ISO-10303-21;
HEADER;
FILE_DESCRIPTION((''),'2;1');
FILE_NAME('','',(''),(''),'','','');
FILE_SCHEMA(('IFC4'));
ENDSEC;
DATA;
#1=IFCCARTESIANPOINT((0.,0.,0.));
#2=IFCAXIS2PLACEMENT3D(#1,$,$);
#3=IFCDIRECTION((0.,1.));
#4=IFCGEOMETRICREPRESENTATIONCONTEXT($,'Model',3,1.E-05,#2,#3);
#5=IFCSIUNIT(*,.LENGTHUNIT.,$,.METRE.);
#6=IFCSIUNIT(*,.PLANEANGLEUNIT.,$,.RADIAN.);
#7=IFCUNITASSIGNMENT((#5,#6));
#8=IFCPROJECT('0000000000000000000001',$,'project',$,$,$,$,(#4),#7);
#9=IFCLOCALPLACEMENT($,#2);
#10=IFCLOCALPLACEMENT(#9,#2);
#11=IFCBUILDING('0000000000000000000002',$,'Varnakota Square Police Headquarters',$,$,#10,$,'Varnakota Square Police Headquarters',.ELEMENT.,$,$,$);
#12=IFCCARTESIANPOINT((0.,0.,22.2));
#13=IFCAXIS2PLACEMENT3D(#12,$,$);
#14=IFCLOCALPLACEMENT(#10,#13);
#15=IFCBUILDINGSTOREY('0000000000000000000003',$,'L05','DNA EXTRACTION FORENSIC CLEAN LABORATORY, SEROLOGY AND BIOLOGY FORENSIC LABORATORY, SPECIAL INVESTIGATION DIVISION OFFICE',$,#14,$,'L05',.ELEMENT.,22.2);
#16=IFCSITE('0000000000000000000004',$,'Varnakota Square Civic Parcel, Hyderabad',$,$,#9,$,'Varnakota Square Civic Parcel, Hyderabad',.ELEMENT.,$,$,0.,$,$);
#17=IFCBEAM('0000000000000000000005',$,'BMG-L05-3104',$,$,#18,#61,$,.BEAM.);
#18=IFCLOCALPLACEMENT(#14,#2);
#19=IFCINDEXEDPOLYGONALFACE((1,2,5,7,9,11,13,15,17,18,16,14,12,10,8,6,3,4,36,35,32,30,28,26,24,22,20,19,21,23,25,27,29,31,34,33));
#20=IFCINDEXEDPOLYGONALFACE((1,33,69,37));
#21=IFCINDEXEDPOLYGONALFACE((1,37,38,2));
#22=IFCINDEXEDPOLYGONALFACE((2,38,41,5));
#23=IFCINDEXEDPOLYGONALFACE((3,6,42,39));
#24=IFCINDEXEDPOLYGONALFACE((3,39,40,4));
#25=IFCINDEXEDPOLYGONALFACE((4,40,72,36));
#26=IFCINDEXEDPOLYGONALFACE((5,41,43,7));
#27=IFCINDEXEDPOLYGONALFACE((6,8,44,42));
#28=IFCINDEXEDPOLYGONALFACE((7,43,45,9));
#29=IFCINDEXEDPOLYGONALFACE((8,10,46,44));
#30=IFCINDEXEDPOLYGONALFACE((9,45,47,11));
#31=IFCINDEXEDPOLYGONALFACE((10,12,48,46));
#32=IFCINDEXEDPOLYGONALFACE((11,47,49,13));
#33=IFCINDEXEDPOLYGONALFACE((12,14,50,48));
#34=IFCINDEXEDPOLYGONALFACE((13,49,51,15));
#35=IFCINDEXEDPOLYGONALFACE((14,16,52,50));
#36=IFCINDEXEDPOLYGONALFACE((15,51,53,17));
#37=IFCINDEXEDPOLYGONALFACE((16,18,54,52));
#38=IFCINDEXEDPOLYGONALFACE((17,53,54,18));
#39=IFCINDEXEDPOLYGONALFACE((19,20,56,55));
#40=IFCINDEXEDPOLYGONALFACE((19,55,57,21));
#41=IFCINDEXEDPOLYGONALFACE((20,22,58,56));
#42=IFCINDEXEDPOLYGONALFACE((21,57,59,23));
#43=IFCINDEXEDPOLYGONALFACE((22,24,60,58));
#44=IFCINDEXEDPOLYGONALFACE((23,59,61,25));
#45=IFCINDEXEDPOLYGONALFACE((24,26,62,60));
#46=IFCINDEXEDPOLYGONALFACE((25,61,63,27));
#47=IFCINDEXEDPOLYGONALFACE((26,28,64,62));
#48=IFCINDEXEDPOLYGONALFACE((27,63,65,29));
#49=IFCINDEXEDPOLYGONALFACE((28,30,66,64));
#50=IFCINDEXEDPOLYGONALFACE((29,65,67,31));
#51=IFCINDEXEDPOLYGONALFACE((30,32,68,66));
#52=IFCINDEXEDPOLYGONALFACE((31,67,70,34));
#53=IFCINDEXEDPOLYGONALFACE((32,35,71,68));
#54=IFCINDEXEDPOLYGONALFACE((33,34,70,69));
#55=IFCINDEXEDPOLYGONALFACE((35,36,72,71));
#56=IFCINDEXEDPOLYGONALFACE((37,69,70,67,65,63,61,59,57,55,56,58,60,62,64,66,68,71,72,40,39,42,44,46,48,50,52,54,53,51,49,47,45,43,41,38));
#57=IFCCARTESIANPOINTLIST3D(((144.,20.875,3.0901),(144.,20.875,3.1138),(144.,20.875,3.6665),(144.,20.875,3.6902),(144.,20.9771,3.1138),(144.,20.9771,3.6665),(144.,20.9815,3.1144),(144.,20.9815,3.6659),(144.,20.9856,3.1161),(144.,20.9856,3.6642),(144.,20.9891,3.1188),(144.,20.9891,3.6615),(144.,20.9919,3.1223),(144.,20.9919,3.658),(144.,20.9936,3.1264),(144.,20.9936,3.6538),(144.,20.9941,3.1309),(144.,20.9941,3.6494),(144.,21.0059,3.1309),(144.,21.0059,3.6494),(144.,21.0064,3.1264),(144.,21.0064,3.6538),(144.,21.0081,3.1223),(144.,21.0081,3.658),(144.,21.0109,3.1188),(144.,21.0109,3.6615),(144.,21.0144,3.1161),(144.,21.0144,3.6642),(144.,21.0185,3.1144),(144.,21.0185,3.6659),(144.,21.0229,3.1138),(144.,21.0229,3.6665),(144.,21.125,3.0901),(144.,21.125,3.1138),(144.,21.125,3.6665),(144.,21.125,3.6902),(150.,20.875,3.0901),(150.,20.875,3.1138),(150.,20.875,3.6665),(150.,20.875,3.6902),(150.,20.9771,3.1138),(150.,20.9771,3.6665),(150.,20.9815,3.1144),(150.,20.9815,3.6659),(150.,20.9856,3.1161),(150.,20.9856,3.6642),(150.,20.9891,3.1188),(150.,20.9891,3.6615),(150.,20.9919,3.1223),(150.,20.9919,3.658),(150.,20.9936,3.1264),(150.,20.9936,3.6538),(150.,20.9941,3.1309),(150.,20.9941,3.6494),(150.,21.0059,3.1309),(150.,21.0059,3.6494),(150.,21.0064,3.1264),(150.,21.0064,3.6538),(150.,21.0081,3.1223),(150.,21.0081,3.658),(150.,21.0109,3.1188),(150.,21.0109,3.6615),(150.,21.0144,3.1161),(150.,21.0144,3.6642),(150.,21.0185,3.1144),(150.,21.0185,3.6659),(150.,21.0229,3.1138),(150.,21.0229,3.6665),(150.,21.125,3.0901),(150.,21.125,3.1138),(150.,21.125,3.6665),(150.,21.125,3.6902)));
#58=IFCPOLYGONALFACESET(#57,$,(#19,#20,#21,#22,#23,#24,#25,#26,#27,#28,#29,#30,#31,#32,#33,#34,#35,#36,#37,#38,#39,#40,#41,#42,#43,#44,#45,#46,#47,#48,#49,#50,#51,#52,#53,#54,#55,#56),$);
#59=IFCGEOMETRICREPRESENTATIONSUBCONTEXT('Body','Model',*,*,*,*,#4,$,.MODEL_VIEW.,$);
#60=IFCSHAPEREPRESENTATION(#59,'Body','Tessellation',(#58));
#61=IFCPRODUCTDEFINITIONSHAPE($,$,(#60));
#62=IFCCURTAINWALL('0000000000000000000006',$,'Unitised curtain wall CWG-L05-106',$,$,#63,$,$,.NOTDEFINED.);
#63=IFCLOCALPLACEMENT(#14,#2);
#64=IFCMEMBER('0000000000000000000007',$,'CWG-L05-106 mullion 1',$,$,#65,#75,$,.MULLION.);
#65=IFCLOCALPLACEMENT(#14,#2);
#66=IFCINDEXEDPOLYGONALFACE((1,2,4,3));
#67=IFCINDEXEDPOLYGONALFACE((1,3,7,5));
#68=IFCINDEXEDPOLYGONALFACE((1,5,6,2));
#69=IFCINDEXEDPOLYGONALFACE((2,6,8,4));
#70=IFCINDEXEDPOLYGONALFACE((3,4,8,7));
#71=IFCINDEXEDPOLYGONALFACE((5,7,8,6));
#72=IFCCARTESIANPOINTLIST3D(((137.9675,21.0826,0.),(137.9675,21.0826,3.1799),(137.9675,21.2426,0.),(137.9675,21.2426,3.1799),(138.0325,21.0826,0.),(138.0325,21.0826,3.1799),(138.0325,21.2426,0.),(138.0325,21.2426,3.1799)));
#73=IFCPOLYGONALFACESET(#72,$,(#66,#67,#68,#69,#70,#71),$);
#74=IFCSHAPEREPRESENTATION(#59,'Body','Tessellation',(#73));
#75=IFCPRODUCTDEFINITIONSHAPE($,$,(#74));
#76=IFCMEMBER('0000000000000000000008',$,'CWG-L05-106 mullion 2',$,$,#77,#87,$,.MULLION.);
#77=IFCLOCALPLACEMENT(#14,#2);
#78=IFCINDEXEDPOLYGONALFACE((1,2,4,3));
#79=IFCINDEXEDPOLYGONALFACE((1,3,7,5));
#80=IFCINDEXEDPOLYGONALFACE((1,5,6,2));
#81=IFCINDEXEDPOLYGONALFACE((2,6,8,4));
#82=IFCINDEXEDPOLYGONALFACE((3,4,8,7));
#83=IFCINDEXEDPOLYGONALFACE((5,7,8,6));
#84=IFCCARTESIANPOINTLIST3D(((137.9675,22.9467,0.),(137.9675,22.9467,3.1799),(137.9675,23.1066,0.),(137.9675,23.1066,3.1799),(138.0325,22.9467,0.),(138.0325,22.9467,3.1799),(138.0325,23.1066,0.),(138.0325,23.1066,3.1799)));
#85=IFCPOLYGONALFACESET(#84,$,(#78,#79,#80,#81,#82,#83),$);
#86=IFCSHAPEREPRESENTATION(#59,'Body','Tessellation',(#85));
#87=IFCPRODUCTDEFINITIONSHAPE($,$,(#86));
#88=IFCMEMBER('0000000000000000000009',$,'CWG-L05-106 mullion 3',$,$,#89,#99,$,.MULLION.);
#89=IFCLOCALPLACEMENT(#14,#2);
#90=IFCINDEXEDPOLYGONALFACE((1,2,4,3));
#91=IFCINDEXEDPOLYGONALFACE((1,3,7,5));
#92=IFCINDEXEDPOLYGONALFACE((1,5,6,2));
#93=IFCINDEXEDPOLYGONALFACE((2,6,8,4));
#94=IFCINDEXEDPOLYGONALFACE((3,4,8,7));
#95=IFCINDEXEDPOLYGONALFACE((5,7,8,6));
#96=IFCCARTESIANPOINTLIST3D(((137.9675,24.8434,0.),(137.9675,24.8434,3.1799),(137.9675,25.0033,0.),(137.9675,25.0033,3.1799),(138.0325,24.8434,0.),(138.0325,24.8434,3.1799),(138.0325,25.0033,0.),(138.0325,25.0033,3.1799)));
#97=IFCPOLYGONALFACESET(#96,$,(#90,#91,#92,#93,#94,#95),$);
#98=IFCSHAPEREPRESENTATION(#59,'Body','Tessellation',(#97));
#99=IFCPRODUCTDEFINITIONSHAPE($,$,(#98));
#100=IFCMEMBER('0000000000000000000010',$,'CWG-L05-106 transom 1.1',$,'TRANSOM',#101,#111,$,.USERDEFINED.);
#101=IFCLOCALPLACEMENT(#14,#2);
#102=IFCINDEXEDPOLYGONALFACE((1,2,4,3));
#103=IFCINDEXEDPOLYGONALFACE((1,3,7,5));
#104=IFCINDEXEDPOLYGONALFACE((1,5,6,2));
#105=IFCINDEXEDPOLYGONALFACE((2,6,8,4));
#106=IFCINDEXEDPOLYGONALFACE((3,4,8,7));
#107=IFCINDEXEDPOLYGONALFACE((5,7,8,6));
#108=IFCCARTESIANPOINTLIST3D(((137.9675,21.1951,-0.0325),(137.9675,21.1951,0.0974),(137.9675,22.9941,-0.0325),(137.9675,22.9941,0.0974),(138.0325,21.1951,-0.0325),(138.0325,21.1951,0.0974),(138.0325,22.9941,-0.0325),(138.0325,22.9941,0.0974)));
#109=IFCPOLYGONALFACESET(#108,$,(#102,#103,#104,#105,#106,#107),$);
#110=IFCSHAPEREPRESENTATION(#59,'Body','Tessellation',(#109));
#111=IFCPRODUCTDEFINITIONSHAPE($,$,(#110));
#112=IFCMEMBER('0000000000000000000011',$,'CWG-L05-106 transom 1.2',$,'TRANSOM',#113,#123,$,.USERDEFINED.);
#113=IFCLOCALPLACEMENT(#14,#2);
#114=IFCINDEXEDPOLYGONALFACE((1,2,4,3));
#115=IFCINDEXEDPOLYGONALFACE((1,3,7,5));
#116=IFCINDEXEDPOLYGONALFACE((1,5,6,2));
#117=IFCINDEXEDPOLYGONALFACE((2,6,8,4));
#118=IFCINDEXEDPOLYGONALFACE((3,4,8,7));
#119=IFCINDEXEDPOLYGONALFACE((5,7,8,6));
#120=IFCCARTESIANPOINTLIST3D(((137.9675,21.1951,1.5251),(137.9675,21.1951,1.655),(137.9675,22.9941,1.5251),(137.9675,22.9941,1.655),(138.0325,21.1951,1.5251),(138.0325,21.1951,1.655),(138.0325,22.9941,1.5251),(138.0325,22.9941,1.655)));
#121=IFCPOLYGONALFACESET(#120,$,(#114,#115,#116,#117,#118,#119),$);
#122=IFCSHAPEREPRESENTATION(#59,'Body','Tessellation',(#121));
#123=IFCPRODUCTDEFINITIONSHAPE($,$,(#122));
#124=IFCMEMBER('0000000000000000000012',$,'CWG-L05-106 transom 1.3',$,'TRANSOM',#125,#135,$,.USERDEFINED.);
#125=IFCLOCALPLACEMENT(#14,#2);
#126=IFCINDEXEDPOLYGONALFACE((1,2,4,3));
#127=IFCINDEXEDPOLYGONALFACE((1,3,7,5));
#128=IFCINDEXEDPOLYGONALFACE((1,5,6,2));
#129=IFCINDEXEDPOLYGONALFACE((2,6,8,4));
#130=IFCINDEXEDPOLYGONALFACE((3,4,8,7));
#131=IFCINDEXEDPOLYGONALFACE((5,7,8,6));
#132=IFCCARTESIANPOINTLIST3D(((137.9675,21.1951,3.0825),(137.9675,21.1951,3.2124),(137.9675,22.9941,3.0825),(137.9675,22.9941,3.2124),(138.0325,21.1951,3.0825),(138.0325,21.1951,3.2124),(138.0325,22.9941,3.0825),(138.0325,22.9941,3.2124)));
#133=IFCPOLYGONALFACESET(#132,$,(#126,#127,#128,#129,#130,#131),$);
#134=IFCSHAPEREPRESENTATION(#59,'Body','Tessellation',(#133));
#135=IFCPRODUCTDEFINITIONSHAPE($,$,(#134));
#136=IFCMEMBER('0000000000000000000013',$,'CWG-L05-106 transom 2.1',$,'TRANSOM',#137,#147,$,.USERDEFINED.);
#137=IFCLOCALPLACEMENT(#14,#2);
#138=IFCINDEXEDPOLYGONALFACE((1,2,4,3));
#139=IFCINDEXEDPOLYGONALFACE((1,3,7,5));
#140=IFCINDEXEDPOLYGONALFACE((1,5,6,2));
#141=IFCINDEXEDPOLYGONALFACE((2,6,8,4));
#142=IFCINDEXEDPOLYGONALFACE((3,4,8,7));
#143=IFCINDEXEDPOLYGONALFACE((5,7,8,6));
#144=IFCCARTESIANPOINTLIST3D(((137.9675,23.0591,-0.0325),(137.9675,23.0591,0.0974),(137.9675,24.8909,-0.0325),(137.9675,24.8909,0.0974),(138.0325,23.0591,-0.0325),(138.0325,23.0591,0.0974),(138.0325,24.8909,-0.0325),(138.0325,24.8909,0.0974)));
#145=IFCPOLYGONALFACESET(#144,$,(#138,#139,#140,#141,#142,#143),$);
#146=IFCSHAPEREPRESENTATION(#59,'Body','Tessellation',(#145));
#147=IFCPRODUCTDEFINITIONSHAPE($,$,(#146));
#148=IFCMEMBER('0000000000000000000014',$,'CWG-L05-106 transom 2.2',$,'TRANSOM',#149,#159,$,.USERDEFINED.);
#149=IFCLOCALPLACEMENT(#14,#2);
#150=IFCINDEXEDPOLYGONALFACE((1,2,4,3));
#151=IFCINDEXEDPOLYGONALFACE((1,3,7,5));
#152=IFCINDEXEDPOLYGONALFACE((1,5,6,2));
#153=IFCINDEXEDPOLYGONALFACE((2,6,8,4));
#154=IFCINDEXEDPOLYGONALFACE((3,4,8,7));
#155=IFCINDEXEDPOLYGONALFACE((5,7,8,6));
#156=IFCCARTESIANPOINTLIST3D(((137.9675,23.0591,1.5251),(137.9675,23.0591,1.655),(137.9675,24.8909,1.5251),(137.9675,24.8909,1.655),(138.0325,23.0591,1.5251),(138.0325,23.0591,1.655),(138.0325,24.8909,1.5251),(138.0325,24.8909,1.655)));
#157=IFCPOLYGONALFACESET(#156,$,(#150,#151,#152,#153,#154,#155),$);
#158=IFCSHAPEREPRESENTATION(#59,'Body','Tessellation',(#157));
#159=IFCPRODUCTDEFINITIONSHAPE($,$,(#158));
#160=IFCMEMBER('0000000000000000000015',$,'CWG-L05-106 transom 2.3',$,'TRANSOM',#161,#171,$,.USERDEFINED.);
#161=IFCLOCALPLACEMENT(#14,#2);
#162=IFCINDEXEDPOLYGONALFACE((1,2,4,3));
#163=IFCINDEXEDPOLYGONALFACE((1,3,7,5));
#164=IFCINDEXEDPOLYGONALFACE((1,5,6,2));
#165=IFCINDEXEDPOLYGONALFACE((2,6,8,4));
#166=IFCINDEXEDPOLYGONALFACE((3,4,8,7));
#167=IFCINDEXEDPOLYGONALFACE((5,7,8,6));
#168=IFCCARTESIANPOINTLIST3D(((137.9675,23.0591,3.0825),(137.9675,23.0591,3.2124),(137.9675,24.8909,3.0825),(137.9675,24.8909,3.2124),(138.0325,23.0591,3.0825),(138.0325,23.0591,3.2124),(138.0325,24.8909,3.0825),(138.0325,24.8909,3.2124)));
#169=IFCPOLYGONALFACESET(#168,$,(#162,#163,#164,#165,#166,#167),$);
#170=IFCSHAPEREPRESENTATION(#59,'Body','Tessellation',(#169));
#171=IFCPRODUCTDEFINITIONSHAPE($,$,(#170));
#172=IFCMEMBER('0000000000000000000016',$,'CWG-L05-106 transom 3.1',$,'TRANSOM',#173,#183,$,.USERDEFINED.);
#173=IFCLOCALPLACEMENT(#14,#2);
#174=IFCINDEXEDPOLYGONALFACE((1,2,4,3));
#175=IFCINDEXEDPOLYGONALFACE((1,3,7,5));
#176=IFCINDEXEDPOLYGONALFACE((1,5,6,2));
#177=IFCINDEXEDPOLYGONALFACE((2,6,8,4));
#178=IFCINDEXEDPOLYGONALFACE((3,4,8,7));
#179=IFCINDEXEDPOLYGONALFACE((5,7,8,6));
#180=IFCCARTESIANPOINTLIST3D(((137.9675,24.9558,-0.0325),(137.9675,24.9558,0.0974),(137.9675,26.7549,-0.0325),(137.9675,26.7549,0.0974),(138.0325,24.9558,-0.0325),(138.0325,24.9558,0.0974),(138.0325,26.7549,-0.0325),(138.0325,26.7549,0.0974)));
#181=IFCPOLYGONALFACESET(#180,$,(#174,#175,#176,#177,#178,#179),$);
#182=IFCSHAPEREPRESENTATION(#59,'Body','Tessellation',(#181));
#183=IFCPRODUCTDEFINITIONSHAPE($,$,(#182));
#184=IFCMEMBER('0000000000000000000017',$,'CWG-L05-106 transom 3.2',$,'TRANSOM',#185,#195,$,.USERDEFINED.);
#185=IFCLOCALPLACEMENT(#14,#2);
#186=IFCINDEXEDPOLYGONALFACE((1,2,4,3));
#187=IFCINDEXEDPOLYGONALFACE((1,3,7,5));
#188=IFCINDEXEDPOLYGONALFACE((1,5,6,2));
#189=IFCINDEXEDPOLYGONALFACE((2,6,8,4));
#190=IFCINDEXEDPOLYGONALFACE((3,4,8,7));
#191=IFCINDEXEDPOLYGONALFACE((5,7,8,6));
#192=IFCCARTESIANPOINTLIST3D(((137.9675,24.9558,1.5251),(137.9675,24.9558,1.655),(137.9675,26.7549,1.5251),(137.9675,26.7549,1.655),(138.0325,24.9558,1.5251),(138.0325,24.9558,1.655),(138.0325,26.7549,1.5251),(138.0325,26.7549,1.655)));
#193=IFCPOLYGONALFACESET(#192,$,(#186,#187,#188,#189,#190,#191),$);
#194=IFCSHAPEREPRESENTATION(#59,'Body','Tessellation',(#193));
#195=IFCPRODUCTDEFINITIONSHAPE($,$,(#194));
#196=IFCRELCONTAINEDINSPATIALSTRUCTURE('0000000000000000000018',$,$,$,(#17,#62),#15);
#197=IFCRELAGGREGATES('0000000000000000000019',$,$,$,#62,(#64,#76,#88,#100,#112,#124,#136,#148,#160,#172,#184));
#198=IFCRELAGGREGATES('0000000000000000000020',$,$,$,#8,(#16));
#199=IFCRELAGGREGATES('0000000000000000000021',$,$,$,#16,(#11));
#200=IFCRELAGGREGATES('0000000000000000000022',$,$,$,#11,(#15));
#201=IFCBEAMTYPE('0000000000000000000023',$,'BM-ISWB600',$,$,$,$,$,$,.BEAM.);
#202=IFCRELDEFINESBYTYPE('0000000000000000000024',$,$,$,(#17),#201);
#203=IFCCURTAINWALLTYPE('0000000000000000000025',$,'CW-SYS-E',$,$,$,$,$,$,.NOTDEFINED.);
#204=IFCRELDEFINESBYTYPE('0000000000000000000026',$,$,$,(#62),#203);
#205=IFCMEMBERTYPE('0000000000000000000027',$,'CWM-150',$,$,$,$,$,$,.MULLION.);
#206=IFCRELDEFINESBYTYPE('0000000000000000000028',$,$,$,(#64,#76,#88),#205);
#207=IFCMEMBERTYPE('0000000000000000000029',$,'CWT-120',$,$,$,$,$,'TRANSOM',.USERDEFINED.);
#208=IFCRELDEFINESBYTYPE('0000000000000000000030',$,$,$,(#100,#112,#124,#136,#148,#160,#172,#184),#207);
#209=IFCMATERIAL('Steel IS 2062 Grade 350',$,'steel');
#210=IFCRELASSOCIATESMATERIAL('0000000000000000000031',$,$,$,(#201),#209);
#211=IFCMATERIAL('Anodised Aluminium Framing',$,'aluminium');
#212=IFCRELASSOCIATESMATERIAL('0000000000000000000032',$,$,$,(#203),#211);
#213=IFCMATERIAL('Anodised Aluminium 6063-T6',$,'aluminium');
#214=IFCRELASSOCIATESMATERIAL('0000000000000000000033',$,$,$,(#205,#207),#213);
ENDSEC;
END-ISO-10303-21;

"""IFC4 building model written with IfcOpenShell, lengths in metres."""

from ifc_helpers import new_model, si_unit, direction, frame, origin, origin_2d, place, context, subcontext, project, spatial, rectangle, i_section, extrude, material, material_profile, profile_set, type_object, element, aggregate, save


model = new_model("IFC4")

# Units and contexts
model_context = context("Model", 3, precision=1e-05, world=origin(), true_north=direction((0.0, 1.0)))
body_context = subcontext(model_context, "Body", "Model", "MODEL_VIEW")
ifc_project = project(units=[si_unit("LENGTHUNIT", "METRE"), si_unit("PLANEANGLEUNIT", "RADIAN")], contexts=[model_context])

# Site, building, storey
site_placement = place(None, origin())
site = spatial("IfcSite", under=ifc_project, at=site_placement, Name="Varnakota Square Civic Parcel, Hyderabad", LongName="Varnakota Square Civic Parcel, Hyderabad", CompositionType="ELEMENT", RefElevation=0.0)
building_placement = place(site_placement, origin())
building = spatial("IfcBuilding", under=site, at=building_placement, Name="Varnakota Square Police Headquarters", LongName="Varnakota Square Police Headquarters", CompositionType="ELEMENT")
storey_placement = place(building_placement, frame((0.0, 0.0, 22.2)))
storey = spatial("IfcBuildingStorey", under=building, at=storey_placement, Name="L05", Description="DNA EXTRACTION FORENSIC CLEAN LABORATORY, SEROLOGY AND BIOLOGY FORENSIC LABORATORY, SPECIAL INVESTIGATION DIVISION OFFICE", LongName="L05", CompositionType="ELEMENT", Elevation=22.2)

# Shared definitions
ifc_material_1 = material(Name="Steel IS 2062 Grade 350", Category="steel")

# Beam
ifc_material_profile_1 = material_profile(ifc_material_1, i_section(OverallWidth=0.25, OverallDepth=0.6001, WebThickness=0.0117, FlangeThickness=0.0237, FilletRadius=0.0171, at=origin_2d()), Name="ISWB 600")
ifc_profile_set_1 = profile_set([ifc_material_profile_1], Name="Steel IS 2062 Grade 350")
beam_type_1 = type_object("IfcBeamType", Name="BM-ISWB600", PredefinedType="BEAM", material=ifc_profile_set_1)
beam_1_placement = place(storey_placement, frame((144.0, 21.0, 3.3901), z_axis=(1.0, 0.0, 0.0), x_axis=(0.0, 1.0, 0.0)))
element("IfcBeam", 1, at=beam_1_placement, inside=storey, type_object=beam_type_1, Name="BMG-L05-3104", PredefinedType="BEAM", context=body_context, shape_type="SweptSolid", body=[
    extrude(i_section(OverallWidth=0.25, OverallDepth=0.6001, WebThickness=0.0117, FlangeThickness=0.0237, FilletRadius=0.0171, at=origin_2d()), origin(), (0.0, 0.0, 1.0), 6.0),
])

# Curtain wall, members
ifc_material_2 = material(Name="Anodised Aluminium Framing", Category="aluminium")
curtain_wall_type = type_object("IfcCurtainWallType", Name="CW-SYS-E", PredefinedType="NOTDEFINED", material=ifc_material_2)
curtain_wall_placement = place(storey_placement, origin())
curtain_wall = element("IfcCurtainWall", 2, at=curtain_wall_placement, inside=storey, type_object=curtain_wall_type, Name="Unitised curtain wall CWG-L05-106", PredefinedType="NOTDEFINED")
ifc_material_3 = material(Name="Anodised Aluminium 6063-T6", Category="aluminium")
ifc_material_profile_2 = material_profile(ifc_material_3, rectangle(XDim=0.0649, YDim=0.1599, at=origin_2d()), Name="ALU MULLION 65x160")
ifc_profile_set_2 = profile_set([ifc_material_profile_2], Name="Anodised Aluminium 6063-T6")
member_type_1 = type_object("IfcMemberType", Name="CWM-150", PredefinedType="MULLION", material=ifc_profile_set_2)
member_1_placement = place(storey_placement, frame((138.0, 21.1626, 0.0), z_axis=(0.0, 0.0, 1.0), x_axis=(-1.0, 0.0, 0.0)))
member_1 = element("IfcMember", 3, at=member_1_placement, type_object=member_type_1, Name="CWG-L05-106 mullion 1", PredefinedType="MULLION", context=body_context, shape_type="SweptSolid", body=[
    extrude(rectangle(XDim=0.0649, YDim=0.1599, at=origin_2d()), origin(), (0.0, 0.0, 1.0), 3.1799),
])
member_2_placement = place(storey_placement, frame((138.0, 23.0266, 0.0), z_axis=(0.0, 0.0, 1.0), x_axis=(-1.0, 0.0, 0.0)))
member_2 = element("IfcMember", 4, at=member_2_placement, type_object=member_type_1, Name="CWG-L05-106 mullion 2", PredefinedType="MULLION", context=body_context, shape_type="SweptSolid", body=[
    extrude(rectangle(XDim=0.0649, YDim=0.1599, at=origin_2d()), origin(), (0.0, 0.0, 1.0), 3.1799),
])
member_3_placement = place(storey_placement, frame((138.0, 24.9233, 0.0), z_axis=(0.0, 0.0, 1.0), x_axis=(-1.0, 0.0, 0.0)))
member_3 = element("IfcMember", 5, at=member_3_placement, type_object=member_type_1, Name="CWG-L05-106 mullion 3", PredefinedType="MULLION", context=body_context, shape_type="SweptSolid", body=[
    extrude(rectangle(XDim=0.0649, YDim=0.1599, at=origin_2d()), origin(), (0.0, 0.0, 1.0), 3.1799),
])
ifc_material_profile_3 = material_profile(ifc_material_3, rectangle(XDim=0.0649, YDim=0.1299, at=origin_2d()), Name="ALU TRANSOM 65x130")
ifc_profile_set_3 = profile_set([ifc_material_profile_3], Name="Anodised Aluminium 6063-T6")
member_type_2 = type_object("IfcMemberType", Name="CWT-120", ElementType="TRANSOM", PredefinedType="USERDEFINED", material=ifc_profile_set_3)
member_4_placement = place(storey_placement, frame((138.0, 21.1951, 0.0325), z_axis=(0.0, 1.0, 0.0), x_axis=(-1.0, 0.0, 0.0)))
member_4 = element("IfcMember", 6, at=member_4_placement, type_object=member_type_2, Name="CWG-L05-106 transom 1.1", ObjectType="TRANSOM", PredefinedType="USERDEFINED", context=body_context, shape_type="SweptSolid", body=[
    extrude(rectangle(XDim=0.0649, YDim=0.1299, at=origin_2d()), origin(), (0.0, 0.0, 1.0), 1.7991),
])
member_5_placement = place(storey_placement, frame((138.0, 21.1951, 1.5901), z_axis=(0.0, 1.0, 0.0), x_axis=(-1.0, 0.0, 0.0)))
member_5 = element("IfcMember", 7, at=member_5_placement, type_object=member_type_2, Name="CWG-L05-106 transom 1.2", ObjectType="TRANSOM", PredefinedType="USERDEFINED", context=body_context, shape_type="SweptSolid", body=[
    extrude(rectangle(XDim=0.0649, YDim=0.1299, at=origin_2d()), origin(), (0.0, 0.0, 1.0), 1.7991),
])
member_6_placement = place(storey_placement, frame((138.0, 21.1951, 3.1475), z_axis=(0.0, 1.0, 0.0), x_axis=(-1.0, 0.0, 0.0)))
member_6 = element("IfcMember", 8, at=member_6_placement, type_object=member_type_2, Name="CWG-L05-106 transom 1.3", ObjectType="TRANSOM", PredefinedType="USERDEFINED", context=body_context, shape_type="SweptSolid", body=[
    extrude(rectangle(XDim=0.0649, YDim=0.1299, at=origin_2d()), origin(), (0.0, 0.0, 1.0), 1.7991),
])
member_7_placement = place(storey_placement, frame((138.0, 23.0591, 0.0325), z_axis=(0.0, 1.0, 0.0), x_axis=(-1.0, 0.0, 0.0)))
member_7 = element("IfcMember", 9, at=member_7_placement, type_object=member_type_2, Name="CWG-L05-106 transom 2.1", ObjectType="TRANSOM", PredefinedType="USERDEFINED", context=body_context, shape_type="SweptSolid", body=[
    extrude(rectangle(XDim=0.0649, YDim=0.1299, at=origin_2d()), origin(), (0.0, 0.0, 1.0), 1.8318),
])
member_8_placement = place(storey_placement, frame((138.0, 23.0591, 1.5901), z_axis=(0.0, 1.0, 0.0), x_axis=(-1.0, 0.0, 0.0)))
member_8 = element("IfcMember", 10, at=member_8_placement, type_object=member_type_2, Name="CWG-L05-106 transom 2.2", ObjectType="TRANSOM", PredefinedType="USERDEFINED", context=body_context, shape_type="SweptSolid", body=[
    extrude(rectangle(XDim=0.0649, YDim=0.1299, at=origin_2d()), origin(), (0.0, 0.0, 1.0), 1.8318),
])
member_9_placement = place(storey_placement, frame((138.0, 23.0591, 3.1475), z_axis=(0.0, 1.0, 0.0), x_axis=(-1.0, 0.0, 0.0)))
member_9 = element("IfcMember", 11, at=member_9_placement, type_object=member_type_2, Name="CWG-L05-106 transom 2.3", ObjectType="TRANSOM", PredefinedType="USERDEFINED", context=body_context, shape_type="SweptSolid", body=[
    extrude(rectangle(XDim=0.0649, YDim=0.1299, at=origin_2d()), origin(), (0.0, 0.0, 1.0), 1.8318),
])
member_10_placement = place(storey_placement, frame((138.0, 24.9558, 0.0325), z_axis=(0.0, 1.0, 0.0), x_axis=(-1.0, 0.0, 0.0)))
member_10 = element("IfcMember", 12, at=member_10_placement, type_object=member_type_2, Name="CWG-L05-106 transom 3.1", ObjectType="TRANSOM", PredefinedType="USERDEFINED", context=body_context, shape_type="SweptSolid", body=[
    extrude(rectangle(XDim=0.0649, YDim=0.1299, at=origin_2d()), origin(), (0.0, 0.0, 1.0), 1.7991),
])
member_11_placement = place(storey_placement, frame((138.0, 24.9558, 1.5901), z_axis=(0.0, 1.0, 0.0), x_axis=(-1.0, 0.0, 0.0)))
member_11 = element("IfcMember", 13, at=member_11_placement, type_object=member_type_2, Name="CWG-L05-106 transom 3.2", ObjectType="TRANSOM", PredefinedType="USERDEFINED", context=body_context, shape_type="SweptSolid", body=[
    extrude(rectangle(XDim=0.0649, YDim=0.1299, at=origin_2d()), origin(), (0.0, 0.0, 1.0), 1.7991),
])
aggregate(curtain_wall, [member_1, member_2, member_3, member_4, member_5, member_6, member_7, member_8, member_9, member_10, member_11])

save(model, "model.ifc")
